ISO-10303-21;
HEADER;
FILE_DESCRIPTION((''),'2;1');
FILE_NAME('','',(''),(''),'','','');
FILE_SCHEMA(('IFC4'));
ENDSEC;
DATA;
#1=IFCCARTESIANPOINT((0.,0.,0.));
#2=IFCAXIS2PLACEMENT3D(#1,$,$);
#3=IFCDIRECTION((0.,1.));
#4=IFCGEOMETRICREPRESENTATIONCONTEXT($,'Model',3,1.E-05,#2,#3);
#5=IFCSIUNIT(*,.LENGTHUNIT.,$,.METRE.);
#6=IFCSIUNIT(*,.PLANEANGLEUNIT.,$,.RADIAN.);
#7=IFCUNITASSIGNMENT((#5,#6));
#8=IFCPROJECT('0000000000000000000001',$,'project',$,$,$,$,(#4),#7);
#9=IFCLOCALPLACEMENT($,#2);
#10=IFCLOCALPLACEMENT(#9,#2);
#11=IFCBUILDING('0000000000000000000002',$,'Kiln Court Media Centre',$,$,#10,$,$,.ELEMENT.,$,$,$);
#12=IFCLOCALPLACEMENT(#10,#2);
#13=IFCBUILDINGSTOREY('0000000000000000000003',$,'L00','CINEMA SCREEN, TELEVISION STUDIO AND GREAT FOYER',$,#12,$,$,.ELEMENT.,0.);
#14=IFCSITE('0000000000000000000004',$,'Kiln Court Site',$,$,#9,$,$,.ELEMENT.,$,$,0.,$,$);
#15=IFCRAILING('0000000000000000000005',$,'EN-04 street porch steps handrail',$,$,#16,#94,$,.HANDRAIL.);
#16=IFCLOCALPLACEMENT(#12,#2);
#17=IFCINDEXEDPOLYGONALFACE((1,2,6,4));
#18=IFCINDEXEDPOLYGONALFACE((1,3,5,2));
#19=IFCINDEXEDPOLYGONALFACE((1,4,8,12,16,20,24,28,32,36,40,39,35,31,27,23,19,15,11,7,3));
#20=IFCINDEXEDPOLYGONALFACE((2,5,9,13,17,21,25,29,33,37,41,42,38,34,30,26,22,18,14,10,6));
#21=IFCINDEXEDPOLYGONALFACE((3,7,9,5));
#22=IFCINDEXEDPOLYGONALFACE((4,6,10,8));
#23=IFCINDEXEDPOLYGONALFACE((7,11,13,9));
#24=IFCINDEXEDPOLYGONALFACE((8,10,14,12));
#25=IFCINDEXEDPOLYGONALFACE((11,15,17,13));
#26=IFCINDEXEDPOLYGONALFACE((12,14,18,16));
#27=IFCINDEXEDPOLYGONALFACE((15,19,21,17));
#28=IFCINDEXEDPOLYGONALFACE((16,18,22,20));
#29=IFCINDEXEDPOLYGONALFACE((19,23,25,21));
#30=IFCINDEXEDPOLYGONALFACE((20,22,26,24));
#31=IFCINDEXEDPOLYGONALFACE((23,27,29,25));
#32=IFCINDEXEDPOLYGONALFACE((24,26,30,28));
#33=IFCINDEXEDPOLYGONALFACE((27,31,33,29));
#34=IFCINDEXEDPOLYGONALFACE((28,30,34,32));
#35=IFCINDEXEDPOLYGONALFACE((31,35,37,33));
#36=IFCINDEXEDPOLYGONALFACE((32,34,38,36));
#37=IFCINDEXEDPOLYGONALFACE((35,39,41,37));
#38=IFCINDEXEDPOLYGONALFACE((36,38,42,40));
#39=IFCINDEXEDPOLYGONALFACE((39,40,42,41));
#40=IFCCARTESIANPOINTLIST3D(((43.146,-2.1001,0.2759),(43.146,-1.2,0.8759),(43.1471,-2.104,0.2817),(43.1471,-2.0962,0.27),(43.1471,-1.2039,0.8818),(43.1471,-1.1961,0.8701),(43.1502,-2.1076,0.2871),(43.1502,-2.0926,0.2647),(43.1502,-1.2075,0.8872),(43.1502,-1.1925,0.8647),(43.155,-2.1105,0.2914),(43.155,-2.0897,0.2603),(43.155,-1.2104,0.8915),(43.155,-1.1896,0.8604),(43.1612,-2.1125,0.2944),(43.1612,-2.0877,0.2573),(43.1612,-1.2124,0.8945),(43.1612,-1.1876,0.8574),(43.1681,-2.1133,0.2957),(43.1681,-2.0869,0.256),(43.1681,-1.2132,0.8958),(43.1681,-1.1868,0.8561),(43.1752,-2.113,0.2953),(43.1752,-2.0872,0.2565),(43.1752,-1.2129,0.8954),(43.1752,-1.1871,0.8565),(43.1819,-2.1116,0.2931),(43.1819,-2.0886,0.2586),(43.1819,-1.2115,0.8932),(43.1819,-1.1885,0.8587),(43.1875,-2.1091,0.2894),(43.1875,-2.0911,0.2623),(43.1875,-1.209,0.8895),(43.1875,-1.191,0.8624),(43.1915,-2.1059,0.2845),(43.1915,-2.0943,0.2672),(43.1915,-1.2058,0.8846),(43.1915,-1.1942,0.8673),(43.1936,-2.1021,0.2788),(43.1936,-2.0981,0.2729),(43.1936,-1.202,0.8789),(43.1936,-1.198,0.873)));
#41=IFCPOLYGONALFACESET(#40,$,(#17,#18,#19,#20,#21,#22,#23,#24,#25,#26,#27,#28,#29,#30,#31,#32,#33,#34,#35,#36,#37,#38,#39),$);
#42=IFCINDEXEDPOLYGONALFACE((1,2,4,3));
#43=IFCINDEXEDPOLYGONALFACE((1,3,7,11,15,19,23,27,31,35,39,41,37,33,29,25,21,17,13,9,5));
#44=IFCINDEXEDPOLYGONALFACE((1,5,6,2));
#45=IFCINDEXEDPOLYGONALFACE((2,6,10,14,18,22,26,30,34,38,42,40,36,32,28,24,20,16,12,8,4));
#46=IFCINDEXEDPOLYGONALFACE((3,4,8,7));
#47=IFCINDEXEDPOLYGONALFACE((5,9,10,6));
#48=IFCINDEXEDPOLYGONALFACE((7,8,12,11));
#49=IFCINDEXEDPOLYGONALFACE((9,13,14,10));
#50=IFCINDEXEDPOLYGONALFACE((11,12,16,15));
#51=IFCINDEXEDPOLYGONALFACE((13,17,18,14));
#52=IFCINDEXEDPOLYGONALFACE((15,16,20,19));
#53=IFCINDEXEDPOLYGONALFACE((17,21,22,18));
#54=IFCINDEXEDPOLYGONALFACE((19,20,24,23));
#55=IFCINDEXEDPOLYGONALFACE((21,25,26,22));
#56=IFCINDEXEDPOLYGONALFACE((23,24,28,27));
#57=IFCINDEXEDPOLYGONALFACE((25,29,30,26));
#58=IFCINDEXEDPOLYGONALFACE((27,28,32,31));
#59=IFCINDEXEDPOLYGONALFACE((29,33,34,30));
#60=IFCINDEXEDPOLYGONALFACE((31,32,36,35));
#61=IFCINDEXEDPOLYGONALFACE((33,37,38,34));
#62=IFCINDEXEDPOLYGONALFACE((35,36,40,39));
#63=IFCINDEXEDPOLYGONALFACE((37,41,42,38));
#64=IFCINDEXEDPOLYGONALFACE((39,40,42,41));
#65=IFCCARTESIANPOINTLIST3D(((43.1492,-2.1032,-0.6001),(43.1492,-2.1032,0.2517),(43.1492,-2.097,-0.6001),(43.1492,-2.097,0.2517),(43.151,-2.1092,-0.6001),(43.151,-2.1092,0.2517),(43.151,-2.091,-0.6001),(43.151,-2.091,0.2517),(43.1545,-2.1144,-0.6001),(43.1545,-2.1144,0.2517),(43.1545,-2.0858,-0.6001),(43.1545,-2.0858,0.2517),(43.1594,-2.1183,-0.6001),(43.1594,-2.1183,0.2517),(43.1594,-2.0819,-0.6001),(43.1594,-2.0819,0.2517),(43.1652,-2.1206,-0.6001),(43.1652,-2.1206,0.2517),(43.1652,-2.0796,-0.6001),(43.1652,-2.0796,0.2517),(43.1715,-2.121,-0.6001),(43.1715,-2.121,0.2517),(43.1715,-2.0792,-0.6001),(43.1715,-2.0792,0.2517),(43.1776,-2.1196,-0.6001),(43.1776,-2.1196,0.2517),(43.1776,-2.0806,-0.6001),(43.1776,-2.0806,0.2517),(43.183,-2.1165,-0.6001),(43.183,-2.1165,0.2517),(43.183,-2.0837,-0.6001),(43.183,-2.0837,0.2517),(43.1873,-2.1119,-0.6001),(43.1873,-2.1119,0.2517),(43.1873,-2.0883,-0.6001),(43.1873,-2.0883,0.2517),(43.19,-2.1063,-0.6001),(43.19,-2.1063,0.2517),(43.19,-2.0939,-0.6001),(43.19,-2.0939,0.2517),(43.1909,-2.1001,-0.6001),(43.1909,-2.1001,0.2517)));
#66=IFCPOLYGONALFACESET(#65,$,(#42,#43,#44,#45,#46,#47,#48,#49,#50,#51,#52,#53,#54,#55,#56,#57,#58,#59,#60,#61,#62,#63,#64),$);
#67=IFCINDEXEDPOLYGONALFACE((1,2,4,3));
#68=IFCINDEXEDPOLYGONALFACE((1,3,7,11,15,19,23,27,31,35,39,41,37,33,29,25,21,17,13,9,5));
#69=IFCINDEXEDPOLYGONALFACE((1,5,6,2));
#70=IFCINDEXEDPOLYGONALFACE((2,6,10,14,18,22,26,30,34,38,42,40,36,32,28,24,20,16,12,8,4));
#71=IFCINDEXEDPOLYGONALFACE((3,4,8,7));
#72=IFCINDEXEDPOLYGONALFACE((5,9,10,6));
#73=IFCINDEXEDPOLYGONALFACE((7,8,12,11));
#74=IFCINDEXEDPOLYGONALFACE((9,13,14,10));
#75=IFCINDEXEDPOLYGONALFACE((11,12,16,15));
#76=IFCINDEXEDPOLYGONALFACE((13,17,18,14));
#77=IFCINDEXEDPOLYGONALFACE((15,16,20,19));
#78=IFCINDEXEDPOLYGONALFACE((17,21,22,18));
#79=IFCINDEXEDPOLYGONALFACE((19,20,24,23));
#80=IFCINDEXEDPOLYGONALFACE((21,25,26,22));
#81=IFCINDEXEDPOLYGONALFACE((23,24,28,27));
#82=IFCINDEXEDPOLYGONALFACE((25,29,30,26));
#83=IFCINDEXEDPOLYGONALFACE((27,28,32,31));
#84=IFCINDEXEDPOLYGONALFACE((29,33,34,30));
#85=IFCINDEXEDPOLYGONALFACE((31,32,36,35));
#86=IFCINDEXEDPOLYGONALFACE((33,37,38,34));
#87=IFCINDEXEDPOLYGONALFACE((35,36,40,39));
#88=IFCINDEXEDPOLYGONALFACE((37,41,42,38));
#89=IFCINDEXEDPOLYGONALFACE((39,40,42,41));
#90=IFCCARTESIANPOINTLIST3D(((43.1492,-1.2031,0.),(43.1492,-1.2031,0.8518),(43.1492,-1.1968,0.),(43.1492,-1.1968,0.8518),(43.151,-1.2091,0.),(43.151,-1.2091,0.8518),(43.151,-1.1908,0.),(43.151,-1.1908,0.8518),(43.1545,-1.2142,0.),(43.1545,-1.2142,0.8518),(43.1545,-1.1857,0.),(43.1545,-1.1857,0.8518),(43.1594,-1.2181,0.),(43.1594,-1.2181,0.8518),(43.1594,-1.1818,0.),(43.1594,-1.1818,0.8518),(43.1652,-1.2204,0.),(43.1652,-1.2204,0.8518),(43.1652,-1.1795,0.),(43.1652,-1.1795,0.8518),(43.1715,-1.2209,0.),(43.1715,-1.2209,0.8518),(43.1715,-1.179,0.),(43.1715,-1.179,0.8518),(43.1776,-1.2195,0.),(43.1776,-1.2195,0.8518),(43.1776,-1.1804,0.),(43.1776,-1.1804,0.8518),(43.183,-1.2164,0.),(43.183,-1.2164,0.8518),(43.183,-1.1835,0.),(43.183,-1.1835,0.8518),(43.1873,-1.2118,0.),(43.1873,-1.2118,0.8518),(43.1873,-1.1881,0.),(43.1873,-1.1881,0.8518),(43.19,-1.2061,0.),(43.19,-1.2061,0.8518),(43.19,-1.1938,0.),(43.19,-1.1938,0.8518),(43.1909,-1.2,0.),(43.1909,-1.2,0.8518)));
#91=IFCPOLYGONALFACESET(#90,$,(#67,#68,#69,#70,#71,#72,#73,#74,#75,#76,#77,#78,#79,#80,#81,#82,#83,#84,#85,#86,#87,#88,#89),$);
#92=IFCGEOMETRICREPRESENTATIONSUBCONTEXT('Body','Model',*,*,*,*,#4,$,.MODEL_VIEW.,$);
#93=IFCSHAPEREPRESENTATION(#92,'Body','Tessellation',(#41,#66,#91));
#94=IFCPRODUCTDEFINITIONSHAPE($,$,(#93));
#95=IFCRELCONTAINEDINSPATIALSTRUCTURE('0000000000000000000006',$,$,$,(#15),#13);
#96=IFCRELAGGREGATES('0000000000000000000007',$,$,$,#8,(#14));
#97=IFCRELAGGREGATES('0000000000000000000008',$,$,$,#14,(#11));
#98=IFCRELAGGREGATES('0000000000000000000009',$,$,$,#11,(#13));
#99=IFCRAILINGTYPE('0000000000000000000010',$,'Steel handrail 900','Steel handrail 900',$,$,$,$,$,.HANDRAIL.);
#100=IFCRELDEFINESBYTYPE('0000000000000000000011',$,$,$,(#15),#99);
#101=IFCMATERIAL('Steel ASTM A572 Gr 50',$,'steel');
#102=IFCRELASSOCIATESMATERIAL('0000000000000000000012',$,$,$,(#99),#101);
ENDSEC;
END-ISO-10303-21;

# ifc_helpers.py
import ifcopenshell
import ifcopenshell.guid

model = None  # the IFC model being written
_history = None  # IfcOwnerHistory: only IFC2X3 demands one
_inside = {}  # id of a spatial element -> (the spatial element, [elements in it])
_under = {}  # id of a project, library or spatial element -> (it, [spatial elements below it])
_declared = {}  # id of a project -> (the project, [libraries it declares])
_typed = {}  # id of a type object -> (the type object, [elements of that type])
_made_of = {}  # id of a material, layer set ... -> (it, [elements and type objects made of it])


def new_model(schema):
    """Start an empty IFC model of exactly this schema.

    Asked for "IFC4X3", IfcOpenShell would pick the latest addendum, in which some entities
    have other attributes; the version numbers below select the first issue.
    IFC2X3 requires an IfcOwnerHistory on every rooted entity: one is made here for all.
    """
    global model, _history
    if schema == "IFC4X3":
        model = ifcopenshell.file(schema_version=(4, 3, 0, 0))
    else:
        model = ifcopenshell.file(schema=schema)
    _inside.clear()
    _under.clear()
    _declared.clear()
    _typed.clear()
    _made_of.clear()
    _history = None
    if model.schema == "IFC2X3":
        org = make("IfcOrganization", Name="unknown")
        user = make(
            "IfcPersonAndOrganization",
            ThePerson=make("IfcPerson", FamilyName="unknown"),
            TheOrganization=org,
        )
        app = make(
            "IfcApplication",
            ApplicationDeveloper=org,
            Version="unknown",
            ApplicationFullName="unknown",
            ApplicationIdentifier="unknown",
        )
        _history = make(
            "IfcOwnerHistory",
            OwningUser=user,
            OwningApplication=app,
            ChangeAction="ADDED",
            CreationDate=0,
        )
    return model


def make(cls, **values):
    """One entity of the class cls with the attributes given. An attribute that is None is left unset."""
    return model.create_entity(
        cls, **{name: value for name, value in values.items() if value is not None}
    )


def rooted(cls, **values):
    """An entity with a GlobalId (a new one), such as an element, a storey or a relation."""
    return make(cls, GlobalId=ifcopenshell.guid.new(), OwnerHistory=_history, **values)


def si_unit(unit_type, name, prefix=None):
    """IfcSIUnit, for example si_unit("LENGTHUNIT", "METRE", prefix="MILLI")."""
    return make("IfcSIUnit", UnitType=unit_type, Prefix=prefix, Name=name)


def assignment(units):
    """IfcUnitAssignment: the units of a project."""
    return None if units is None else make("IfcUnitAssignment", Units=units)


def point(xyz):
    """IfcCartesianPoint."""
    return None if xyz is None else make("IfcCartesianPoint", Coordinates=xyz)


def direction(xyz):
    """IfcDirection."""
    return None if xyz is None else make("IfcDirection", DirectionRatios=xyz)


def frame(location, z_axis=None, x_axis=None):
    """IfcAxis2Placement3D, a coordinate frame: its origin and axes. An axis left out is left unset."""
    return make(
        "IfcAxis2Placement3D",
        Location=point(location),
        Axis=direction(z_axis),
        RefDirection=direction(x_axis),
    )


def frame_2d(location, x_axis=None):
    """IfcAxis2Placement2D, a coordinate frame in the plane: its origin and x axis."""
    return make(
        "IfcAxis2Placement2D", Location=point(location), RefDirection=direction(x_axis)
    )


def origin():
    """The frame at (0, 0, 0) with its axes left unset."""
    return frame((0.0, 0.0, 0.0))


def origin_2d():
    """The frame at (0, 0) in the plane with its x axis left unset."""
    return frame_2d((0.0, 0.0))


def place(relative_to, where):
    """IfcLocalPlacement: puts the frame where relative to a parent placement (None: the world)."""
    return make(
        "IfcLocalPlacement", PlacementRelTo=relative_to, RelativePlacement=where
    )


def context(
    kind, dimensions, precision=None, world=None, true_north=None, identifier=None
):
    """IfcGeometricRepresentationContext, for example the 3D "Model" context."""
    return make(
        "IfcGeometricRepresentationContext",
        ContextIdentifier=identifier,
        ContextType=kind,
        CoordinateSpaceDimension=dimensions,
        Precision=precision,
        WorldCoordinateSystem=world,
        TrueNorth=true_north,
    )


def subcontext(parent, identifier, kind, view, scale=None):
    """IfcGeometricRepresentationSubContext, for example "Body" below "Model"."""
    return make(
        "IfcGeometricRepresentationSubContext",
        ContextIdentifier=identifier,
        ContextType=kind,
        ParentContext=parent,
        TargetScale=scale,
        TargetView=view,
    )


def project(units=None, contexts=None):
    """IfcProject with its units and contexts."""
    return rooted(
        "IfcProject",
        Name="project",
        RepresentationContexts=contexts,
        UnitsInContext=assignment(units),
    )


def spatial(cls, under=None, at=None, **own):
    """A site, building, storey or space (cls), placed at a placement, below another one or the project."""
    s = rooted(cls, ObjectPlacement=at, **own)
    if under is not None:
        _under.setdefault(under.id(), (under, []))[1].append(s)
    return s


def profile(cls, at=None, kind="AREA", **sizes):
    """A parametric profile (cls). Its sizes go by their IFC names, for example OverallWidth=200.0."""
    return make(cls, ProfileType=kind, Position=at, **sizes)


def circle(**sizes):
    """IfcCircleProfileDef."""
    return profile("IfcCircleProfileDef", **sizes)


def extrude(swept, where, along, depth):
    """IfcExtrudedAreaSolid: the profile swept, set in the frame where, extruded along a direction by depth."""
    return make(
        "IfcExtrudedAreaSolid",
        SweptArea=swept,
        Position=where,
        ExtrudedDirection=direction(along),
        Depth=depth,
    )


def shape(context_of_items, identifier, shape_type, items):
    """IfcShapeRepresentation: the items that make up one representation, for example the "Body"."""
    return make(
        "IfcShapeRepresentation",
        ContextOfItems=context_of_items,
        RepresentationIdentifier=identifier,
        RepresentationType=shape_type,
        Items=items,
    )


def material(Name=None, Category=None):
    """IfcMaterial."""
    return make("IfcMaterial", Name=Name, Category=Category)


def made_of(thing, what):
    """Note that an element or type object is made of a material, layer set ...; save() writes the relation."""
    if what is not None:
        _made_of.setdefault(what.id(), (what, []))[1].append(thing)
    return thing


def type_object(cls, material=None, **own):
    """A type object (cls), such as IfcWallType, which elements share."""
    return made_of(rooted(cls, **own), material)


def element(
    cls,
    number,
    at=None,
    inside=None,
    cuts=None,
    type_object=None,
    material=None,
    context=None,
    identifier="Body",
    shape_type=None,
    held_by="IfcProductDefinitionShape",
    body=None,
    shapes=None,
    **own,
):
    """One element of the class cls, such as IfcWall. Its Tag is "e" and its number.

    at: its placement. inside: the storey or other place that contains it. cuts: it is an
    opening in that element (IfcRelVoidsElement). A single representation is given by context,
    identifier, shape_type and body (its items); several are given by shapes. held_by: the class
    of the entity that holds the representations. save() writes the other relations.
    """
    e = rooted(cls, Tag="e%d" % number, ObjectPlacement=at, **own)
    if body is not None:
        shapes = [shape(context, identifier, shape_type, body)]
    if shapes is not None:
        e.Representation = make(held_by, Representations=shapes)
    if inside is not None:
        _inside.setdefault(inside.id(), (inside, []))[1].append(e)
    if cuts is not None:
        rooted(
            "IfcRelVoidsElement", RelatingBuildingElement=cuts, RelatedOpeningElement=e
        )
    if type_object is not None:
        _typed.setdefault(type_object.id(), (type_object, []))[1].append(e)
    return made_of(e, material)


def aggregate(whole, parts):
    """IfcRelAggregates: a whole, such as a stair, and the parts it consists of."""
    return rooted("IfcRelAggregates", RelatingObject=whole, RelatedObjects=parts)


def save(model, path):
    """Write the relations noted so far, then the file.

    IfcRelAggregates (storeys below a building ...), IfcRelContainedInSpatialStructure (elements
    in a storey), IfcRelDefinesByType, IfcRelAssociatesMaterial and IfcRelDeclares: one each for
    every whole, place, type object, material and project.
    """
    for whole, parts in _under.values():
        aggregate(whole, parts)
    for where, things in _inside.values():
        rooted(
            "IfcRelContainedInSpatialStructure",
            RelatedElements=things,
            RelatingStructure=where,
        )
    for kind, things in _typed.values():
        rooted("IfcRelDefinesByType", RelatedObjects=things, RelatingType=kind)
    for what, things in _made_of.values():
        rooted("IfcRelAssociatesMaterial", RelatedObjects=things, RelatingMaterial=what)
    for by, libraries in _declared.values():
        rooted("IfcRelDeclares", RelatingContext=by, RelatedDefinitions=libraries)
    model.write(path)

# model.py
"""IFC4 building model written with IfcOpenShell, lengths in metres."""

from ifc_helpers import new_model, si_unit, direction, frame, origin, origin_2d, place, context, subcontext, project, spatial, circle, extrude, material, type_object, element, save


model = new_model("IFC4")

# Units and contexts
model_context = context("Model", 3, precision=1e-05, world=origin(), true_north=direction((0.0, 1.0)))
body_context = subcontext(model_context, "Body", "Model", "MODEL_VIEW")
ifc_project = project(units=[si_unit("LENGTHUNIT", "METRE"), si_unit("PLANEANGLEUNIT", "RADIAN")], contexts=[model_context])

# Site, building, storey
site_placement = place(None, origin())
site = spatial("IfcSite", under=ifc_project, at=site_placement, Name="Kiln Court Site", CompositionType="ELEMENT", RefElevation=0.0)
building_placement = place(site_placement, origin())
building = spatial("IfcBuilding", under=site, at=building_placement, Name="Kiln Court Media Centre", CompositionType="ELEMENT")
storey_placement = place(building_placement, origin())
storey = spatial("IfcBuildingStorey", under=building, at=storey_placement, Name="L00", Description="CINEMA SCREEN, TELEVISION STUDIO AND GREAT FOYER", CompositionType="ELEMENT", Elevation=0.0)

# Railing
ifc_material_1 = material(Name="Steel ASTM A572 Gr 50", Category="steel")
railing_type_1 = type_object("IfcRailingType", Name="Steel handrail 900", Description="Steel handrail 900", PredefinedType="HANDRAIL", material=ifc_material_1)
railing_1_placement = place(storey_placement, frame((43.1699, -2.1001, -0.6001)))
element("IfcRailing", 1, at=railing_1_placement, inside=storey, type_object=railing_type_1, Name="EN-04 street porch steps handrail", PredefinedType="HANDRAIL", context=body_context, shape_type="SweptSolid", body=[
    extrude(circle(Radius=0.0239, at=origin_2d()), frame((0.0, 0.0, 0.876), z_axis=(0.0, 0.83205, 0.5547), x_axis=(-1.0, 0.0, 0.0)), (0.0, 0.0, 1.0), 1.0818),
    extrude(circle(Radius=0.021, at=origin_2d()), origin(), (0.0, 0.0, 1.0), 0.8518),
    extrude(circle(Radius=0.021, at=origin_2d()), frame((0.0, 0.9001, 0.6001)), (0.0, 0.0, 1.0), 0.8518),
])

save(model, "model.ifc")
